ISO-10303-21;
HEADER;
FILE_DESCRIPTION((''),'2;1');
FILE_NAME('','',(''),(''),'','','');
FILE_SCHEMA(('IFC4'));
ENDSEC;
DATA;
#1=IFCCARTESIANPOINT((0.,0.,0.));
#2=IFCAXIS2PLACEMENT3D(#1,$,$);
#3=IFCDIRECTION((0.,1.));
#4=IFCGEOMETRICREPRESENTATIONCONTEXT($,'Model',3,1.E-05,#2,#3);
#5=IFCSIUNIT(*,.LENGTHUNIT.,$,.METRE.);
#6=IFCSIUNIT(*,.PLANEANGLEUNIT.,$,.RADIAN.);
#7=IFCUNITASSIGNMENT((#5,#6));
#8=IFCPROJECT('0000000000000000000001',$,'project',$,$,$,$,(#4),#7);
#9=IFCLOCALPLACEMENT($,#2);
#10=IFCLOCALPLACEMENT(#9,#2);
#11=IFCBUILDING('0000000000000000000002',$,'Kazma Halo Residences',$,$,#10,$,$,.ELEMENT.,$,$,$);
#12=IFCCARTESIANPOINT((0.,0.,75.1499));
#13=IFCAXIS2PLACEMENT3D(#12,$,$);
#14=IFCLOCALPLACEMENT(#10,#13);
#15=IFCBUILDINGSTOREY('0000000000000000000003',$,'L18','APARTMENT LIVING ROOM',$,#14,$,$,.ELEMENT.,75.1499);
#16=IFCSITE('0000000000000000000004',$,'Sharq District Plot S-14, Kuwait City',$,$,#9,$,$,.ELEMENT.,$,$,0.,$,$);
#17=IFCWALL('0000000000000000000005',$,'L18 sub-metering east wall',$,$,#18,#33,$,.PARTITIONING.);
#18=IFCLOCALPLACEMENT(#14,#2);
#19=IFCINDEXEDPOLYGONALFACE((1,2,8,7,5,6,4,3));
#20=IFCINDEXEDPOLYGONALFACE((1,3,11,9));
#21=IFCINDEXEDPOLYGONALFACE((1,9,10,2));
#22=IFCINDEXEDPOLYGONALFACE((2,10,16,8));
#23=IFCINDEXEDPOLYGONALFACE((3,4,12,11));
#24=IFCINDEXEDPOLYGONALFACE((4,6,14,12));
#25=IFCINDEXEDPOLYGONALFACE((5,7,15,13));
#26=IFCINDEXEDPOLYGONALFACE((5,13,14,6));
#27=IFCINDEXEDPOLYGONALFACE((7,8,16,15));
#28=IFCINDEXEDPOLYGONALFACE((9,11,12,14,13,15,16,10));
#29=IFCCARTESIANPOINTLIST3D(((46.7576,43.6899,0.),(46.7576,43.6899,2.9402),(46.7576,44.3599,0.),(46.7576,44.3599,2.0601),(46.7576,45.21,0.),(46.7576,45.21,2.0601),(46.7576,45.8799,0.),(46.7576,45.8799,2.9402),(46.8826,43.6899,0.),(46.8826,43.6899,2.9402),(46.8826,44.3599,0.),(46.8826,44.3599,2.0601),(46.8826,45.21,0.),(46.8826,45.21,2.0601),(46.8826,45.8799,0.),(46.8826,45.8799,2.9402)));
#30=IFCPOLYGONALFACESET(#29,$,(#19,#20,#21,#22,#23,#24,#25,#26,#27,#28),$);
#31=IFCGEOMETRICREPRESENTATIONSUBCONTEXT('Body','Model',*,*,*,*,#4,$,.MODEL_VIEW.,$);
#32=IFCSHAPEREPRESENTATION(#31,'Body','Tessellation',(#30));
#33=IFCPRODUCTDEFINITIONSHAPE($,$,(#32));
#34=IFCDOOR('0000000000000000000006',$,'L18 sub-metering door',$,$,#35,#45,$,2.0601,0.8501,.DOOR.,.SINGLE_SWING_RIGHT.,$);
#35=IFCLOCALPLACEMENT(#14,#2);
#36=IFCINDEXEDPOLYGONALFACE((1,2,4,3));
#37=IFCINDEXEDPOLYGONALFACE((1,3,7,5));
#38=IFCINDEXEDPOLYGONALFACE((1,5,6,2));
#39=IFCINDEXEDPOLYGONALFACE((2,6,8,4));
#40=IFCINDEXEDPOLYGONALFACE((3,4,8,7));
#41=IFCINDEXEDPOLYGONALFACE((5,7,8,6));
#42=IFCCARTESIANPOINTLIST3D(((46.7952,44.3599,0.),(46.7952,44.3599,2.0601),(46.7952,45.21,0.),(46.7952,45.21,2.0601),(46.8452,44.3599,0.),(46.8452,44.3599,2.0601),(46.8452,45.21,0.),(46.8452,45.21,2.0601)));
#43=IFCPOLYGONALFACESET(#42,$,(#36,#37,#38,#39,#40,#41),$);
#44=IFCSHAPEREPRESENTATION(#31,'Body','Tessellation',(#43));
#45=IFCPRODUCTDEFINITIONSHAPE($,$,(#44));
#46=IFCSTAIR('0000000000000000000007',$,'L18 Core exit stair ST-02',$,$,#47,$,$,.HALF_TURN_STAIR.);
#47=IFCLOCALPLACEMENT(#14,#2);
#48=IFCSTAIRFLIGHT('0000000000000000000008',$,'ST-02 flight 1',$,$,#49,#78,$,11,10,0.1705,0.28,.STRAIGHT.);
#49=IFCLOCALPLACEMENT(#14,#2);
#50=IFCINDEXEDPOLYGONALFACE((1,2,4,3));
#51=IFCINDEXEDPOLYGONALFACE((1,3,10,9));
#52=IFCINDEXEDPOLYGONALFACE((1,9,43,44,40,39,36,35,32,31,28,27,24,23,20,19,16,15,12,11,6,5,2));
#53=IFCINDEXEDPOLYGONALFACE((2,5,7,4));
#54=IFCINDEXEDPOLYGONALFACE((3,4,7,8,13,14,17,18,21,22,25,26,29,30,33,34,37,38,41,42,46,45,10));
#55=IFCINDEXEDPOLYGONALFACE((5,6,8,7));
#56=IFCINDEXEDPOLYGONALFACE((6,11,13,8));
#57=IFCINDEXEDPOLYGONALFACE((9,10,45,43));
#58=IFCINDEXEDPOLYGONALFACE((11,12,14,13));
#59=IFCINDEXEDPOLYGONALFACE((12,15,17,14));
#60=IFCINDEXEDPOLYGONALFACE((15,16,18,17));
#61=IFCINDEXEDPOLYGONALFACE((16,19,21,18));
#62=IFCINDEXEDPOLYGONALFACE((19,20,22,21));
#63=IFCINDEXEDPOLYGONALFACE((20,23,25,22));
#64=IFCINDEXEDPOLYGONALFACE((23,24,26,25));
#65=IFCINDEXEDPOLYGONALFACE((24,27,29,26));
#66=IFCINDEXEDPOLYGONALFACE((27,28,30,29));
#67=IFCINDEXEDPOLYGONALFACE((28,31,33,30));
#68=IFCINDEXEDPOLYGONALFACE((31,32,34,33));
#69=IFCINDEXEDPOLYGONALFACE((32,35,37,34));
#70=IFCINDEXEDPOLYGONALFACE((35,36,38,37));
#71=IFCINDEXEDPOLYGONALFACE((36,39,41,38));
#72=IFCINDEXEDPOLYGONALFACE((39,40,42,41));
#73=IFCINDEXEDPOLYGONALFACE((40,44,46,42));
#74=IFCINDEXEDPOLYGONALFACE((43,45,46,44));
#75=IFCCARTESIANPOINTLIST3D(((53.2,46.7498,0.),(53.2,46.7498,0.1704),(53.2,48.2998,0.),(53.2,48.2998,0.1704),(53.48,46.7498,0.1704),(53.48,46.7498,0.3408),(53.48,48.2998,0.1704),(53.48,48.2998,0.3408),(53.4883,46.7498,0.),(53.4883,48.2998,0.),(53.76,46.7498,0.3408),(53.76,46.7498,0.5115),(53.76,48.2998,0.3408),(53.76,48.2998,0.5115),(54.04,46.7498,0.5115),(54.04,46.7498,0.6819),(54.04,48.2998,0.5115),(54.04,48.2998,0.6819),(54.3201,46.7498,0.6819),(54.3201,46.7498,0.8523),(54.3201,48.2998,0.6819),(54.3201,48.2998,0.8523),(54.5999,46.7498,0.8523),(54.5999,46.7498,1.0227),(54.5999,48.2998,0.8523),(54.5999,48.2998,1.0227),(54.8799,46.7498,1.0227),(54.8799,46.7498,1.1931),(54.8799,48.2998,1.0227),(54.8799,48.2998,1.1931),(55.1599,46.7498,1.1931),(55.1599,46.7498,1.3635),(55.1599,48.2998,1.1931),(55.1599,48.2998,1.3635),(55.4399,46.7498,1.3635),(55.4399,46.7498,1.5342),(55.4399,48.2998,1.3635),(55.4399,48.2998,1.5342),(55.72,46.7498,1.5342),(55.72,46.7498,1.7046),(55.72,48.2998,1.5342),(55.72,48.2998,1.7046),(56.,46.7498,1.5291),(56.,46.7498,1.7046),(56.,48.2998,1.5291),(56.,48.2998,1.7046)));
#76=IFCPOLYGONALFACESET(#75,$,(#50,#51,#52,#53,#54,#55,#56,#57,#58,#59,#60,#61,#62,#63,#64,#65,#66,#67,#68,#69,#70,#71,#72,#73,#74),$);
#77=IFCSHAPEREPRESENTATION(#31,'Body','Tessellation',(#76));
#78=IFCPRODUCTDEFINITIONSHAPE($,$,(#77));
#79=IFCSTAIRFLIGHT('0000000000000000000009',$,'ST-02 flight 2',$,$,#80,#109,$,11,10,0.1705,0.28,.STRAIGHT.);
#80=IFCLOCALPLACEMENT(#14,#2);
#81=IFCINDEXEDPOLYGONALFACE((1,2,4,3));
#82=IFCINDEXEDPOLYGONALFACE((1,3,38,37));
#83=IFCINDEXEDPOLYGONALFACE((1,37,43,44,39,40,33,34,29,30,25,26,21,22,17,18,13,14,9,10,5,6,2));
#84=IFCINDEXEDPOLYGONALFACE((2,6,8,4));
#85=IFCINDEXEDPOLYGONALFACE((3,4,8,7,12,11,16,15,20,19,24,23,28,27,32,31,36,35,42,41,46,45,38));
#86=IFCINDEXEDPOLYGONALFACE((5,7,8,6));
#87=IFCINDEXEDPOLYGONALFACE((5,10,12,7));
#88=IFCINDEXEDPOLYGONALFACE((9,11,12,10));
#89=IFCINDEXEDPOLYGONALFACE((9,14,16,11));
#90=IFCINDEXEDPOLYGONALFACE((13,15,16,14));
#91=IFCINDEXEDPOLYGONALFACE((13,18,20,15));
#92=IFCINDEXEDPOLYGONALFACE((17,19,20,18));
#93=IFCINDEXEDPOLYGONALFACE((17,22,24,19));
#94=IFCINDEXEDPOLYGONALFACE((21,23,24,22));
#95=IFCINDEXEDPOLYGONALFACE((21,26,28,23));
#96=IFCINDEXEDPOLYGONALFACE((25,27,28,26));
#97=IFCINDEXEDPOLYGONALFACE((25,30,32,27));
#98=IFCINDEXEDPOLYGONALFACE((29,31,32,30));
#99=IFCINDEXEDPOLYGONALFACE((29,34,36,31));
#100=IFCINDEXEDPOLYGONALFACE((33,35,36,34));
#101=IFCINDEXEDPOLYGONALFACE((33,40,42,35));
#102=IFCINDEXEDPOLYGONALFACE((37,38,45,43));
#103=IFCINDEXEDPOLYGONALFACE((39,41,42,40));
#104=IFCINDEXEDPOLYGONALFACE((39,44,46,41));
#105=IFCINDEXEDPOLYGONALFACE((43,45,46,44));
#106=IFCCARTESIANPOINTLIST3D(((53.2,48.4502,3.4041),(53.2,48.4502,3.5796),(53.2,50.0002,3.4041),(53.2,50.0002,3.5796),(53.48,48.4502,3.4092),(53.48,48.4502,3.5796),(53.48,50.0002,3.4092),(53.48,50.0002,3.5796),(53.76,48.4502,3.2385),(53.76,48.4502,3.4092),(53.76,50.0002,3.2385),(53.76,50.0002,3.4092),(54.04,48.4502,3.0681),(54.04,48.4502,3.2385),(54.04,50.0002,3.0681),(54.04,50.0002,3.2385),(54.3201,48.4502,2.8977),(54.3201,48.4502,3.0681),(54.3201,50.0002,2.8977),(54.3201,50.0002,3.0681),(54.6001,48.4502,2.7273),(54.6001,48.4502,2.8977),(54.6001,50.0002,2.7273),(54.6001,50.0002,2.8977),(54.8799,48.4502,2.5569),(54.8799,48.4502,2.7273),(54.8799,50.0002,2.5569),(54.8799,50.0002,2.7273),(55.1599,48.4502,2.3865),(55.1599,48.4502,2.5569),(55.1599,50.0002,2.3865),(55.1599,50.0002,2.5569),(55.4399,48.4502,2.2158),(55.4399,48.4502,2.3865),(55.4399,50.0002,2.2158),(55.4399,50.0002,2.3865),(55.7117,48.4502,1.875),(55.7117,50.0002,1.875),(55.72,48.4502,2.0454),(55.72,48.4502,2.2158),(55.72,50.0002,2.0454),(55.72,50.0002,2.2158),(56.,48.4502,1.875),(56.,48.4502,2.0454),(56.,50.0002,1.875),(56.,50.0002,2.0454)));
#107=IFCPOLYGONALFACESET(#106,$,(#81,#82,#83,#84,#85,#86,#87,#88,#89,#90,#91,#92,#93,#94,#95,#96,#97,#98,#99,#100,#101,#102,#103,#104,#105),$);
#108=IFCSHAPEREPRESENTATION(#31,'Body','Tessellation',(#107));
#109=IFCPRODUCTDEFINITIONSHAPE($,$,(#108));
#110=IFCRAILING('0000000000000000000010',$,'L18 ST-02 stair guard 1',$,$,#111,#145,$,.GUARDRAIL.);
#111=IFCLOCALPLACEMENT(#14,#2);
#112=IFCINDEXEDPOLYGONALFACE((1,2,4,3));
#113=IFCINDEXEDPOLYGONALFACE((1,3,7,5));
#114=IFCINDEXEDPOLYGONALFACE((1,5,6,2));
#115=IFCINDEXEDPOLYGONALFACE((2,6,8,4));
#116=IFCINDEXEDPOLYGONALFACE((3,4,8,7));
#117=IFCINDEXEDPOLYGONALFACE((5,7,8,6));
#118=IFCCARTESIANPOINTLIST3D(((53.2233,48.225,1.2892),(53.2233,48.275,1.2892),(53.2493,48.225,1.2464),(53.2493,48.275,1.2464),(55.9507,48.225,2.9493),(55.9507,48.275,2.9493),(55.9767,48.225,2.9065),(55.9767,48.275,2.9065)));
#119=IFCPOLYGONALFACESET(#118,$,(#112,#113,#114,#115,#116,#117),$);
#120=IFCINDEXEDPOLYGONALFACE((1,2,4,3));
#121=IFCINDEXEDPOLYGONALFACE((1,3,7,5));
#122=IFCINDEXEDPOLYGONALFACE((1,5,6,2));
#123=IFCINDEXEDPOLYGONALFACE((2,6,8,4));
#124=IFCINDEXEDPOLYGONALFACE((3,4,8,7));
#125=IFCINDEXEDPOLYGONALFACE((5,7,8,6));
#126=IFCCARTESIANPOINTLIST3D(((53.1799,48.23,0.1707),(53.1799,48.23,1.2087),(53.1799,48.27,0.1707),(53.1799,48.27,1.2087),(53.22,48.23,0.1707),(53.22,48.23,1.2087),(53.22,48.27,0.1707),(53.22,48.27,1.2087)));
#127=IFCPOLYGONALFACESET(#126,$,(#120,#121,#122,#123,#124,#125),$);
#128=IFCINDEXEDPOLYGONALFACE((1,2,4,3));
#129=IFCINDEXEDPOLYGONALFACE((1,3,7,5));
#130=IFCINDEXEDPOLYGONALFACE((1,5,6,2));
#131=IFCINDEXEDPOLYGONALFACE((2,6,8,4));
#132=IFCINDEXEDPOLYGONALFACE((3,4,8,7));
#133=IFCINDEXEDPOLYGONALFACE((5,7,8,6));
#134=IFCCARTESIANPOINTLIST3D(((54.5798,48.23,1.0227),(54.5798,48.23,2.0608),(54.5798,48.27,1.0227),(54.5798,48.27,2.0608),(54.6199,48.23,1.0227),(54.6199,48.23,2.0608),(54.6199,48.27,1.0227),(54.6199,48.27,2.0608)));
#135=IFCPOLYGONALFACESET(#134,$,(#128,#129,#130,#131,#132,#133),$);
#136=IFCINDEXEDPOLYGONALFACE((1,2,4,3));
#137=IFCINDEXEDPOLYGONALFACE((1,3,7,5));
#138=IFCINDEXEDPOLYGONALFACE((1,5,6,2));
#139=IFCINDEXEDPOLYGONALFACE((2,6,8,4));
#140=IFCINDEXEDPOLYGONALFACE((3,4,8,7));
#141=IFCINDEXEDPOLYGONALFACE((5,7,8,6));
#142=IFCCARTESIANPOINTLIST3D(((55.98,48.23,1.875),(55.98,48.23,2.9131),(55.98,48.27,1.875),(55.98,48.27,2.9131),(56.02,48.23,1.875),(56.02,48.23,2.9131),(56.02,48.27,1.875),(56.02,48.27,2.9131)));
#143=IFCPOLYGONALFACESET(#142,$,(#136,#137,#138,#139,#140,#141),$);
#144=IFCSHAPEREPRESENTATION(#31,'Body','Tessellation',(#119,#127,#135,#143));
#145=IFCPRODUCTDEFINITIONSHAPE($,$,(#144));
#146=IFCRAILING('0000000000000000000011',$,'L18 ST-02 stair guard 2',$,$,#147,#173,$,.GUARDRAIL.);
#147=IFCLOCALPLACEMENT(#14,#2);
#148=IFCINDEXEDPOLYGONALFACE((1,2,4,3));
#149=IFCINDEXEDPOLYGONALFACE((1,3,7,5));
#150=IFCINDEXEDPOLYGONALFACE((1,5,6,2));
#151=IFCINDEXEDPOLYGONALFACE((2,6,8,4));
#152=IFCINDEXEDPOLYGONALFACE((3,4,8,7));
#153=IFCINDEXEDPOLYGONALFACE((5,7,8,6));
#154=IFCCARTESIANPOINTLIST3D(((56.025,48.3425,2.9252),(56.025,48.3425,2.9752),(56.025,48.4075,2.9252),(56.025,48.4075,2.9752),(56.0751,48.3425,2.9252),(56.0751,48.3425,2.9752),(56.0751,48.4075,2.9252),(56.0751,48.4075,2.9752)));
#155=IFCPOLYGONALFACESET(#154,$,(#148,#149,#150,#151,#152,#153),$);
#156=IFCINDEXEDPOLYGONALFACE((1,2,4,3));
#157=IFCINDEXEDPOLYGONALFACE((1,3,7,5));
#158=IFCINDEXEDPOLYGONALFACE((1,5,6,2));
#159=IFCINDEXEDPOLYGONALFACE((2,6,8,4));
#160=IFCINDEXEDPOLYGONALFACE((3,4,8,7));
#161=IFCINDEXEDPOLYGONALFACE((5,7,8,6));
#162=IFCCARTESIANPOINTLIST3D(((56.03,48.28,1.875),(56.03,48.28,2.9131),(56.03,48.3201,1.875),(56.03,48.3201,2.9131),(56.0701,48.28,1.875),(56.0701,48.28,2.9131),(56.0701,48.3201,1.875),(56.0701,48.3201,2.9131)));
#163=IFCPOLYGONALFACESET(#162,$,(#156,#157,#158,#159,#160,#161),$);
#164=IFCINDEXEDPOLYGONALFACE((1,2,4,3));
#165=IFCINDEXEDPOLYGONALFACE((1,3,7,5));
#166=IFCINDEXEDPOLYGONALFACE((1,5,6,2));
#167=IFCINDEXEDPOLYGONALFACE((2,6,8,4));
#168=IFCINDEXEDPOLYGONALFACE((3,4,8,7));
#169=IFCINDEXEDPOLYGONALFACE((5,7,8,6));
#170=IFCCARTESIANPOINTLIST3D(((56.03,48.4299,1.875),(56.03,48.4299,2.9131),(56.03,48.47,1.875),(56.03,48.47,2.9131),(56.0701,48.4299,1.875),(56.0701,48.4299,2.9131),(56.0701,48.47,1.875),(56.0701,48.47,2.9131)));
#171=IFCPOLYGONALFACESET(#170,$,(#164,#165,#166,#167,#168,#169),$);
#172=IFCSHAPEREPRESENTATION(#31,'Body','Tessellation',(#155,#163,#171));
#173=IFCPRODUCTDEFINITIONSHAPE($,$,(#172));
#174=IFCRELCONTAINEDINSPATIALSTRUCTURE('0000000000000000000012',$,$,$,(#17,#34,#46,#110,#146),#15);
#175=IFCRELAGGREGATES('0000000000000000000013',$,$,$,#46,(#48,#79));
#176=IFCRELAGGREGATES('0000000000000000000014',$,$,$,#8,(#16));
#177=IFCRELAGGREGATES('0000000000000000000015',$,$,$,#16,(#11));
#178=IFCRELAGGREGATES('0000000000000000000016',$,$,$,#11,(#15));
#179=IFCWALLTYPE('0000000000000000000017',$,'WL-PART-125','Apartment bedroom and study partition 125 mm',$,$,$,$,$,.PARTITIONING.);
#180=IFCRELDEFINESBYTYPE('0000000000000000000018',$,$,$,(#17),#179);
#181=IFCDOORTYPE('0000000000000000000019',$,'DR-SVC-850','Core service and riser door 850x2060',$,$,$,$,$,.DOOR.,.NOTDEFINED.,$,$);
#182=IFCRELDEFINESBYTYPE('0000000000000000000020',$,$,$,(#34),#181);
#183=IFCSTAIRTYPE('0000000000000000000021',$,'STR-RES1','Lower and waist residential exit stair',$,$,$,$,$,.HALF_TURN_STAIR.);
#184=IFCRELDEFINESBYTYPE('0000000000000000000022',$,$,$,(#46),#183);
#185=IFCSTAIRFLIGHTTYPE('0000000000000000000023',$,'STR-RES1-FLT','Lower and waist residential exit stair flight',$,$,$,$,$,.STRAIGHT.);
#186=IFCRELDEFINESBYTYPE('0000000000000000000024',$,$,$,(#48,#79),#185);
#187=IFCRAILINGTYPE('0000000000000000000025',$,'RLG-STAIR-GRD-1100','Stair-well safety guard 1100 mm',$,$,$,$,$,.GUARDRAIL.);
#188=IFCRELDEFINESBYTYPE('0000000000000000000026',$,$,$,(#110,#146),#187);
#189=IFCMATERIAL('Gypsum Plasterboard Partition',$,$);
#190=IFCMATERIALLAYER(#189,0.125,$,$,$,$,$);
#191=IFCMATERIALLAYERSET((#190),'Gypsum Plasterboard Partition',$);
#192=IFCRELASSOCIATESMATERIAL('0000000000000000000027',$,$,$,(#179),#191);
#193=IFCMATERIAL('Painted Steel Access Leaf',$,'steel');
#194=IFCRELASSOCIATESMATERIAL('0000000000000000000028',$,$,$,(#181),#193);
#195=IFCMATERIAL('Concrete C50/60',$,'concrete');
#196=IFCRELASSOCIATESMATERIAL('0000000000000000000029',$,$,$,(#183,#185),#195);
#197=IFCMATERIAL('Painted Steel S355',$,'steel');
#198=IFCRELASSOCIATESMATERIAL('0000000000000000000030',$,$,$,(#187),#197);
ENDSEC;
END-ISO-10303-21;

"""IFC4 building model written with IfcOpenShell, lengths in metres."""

from ifc_helpers import new_model, si_unit, direction, frame, frame_2d, origin, origin_2d, place, context, subcontext, project, spatial, polyline, rectangle, outline, extrude, material, layer, layer_set, type_object, element, fill, aggregate, save


model = new_model("IFC4")

# Units and contexts
model_context = context("Model", 3, precision=1e-05, world=origin(), true_north=direction((0.0, 1.0)))
body_context = subcontext(model_context, "Body", "Model", "MODEL_VIEW")
ifc_project = project(units=[si_unit("LENGTHUNIT", "METRE"), si_unit("PLANEANGLEUNIT", "RADIAN")], contexts=[model_context])

# Site, building, storey
site_placement = place(None, origin())
site = spatial("IfcSite", under=ifc_project, at=site_placement, Name="Sharq District Plot S-14, Kuwait City", CompositionType="ELEMENT", RefElevation=0.0)
building_placement = place(site_placement, origin())
building = spatial("IfcBuilding", under=site, at=building_placement, Name="Kazma Halo Residences", CompositionType="ELEMENT")
storey_placement = place(building_placement, frame((0.0, 0.0, 75.1499)))
storey = spatial("IfcBuildingStorey", under=building, at=storey_placement, Name="L18", Description="APARTMENT LIVING ROOM", CompositionType="ELEMENT", Elevation=75.1499)

# Wall, opening, door
ifc_material_1 = material(Name="Gypsum Plasterboard Partition")
ifc_layer_1 = layer(ifc_material_1, 0.125)
ifc_layer_set_1 = layer_set([ifc_layer_1], Name="Gypsum Plasterboard Partition")
wall_type_1 = type_object("IfcWallType", Name="WL-PART-125", Description="Apartment bedroom and study partition 125 mm", PredefinedType="PARTITIONING", material=ifc_layer_set_1)
wall_1_placement = place(storey_placement, frame((46.8201, 43.6899, 0.0), z_axis=(0.0, 0.0, 1.0), x_axis=(0.0, 1.0, 0.0)))
wall_1 = element("IfcWall", 1, at=wall_1_placement, inside=storey, type_object=wall_type_1, Name="L18 sub-metering east wall", PredefinedType="PARTITIONING", context=body_context, shape_type="SweptSolid", body=[
    extrude(rectangle(XDim=2.1899, YDim=0.125, at=frame_2d((1.095, 0.0))), origin(), (0.0, 0.0, 1.0), 2.9402),
])
opening_1_placement = place(wall_1_placement, frame((0.6699, 0.0, 0.0)))
opening_1 = element("IfcOpeningElement", 2, at=opening_1_placement, cuts=wall_1, PredefinedType="OPENING", context=body_context, shape_type="SweptSolid", body=[
    extrude(rectangle(XDim=0.8501, YDim=2.0601, at=frame_2d((0.425, 1.03))), frame((0.0, 0.0725, 0.0), z_axis=(0.0, -1.0, 0.0), x_axis=(1.0, 0.0, 0.0)), (0.0, 0.0, 1.0), 0.145),
])
ifc_material_2 = material(Name="Painted Steel Access Leaf", Category="steel")
door_type_1 = type_object("IfcDoorType", Name="DR-SVC-850", Description="Core service and riser door 850x2060", OperationType="NOTDEFINED", PredefinedType="DOOR", material=ifc_material_2)
door_1_placement = place(opening_1_placement, origin())
door_1 = element("IfcDoor", 3, at=door_1_placement, inside=storey, type_object=door_type_1, Name="L18 sub-metering door", OperationType="SINGLE_SWING_RIGHT", OverallHeight=2.0601, OverallWidth=0.8501, PredefinedType="DOOR", context=body_context, shape_type="SweptSolid", body=[
    extrude(rectangle(XDim=0.8501, YDim=2.0601, at=frame_2d((0.425, 1.03))), frame((0.0, 0.0249, 0.0), z_axis=(0.0, -1.0, 0.0), x_axis=(1.0, 0.0, 0.0)), (0.0, 0.0, 1.0), 0.05),
])
fill(opening_1, door_1)
ifc_material_3 = material(Name="Concrete C50/60", Category="concrete")

# Stair, stair flights
stair_type = type_object("IfcStairType", Name="STR-RES1", Description="Lower and waist residential exit stair", PredefinedType="HALF_TURN_STAIR", material=ifc_material_3)
stair_placement = place(storey_placement, origin())
stair = element("IfcStair", 4, at=stair_placement, inside=storey, type_object=stair_type, Name="L18 Core exit stair ST-02", PredefinedType="HALF_TURN_STAIR")
stair_flight_type = type_object("IfcStairFlightType", Name="STR-RES1-FLT", Description="Lower and waist residential exit stair flight", PredefinedType="STRAIGHT", material=ifc_material_3)
stair_flight_1_placement = place(storey_placement, frame((53.2, 47.5249, 0.0), z_axis=(0.0, 0.0, 1.0), x_axis=(1.0, 0.0, 0.0)))
stair_flight_1 = element("IfcStairFlight", 5, at=stair_flight_1_placement, type_object=stair_flight_type, Name="ST-02 flight 1", NumberOfRisers=11, NumberOfTreads=10, PredefinedType="STRAIGHT", RiserHeight=0.1705, TreadLength=0.28, context=body_context, shape_type="SweptSolid", body=[
    extrude(outline(polyline([(0.0, 0.0), (0.0, 0.1704), (0.28, 0.1704), (0.28, 0.3408), (0.5601, 0.3408), (0.5601, 0.5115), (0.8401, 0.5115), (0.8401, 0.6819), (1.1201, 0.6819), (1.1201, 0.8523), (1.3999, 0.8523), (1.3999, 1.0227), (1.6799, 1.0227), (1.6799, 1.1931), (1.96, 1.1931), (1.96, 1.3635), (2.24, 1.3635), (2.24, 1.5342), (2.52, 1.5342), (2.52, 1.7046), (2.8, 1.7046), (2.8, 1.875), (2.8, 1.5291), (0.2883, 0.0), (0.0, 0.0)])), frame((0.0, 0.7749, 0.0), z_axis=(0.0, -1.0, 0.0), x_axis=(1.0, 0.0, 0.0)), (0.0, 0.0, 1.0), 1.55),
])
stair_flight_2_placement = place(storey_placement, frame((56.0, 49.2251, 1.875), z_axis=(0.0, 0.0, 1.0), x_axis=(-1.0, 0.0, 0.0)))
stair_flight_2 = element("IfcStairFlight", 6, at=stair_flight_2_placement, type_object=stair_flight_type, Name="ST-02 flight 2", NumberOfRisers=11, NumberOfTreads=10, PredefinedType="STRAIGHT", RiserHeight=0.1705, TreadLength=0.28, context=body_context, shape_type="SweptSolid", body=[
    extrude(outline(polyline([(0.0, 0.0), (0.0, 0.1704), (0.28, 0.1704), (0.28, 0.3408), (0.5601, 0.3408), (0.5601, 0.5115), (0.8401, 0.5115), (0.8401, 0.6819), (1.1201, 0.6819), (1.1201, 0.8523), (1.3999, 0.8523), (1.3999, 1.0227), (1.6799, 1.0227), (1.6799, 1.1931), (1.96, 1.1931), (1.96, 1.3635), (2.24, 1.3635), (2.24, 1.5342), (2.52, 1.5342), (2.52, 1.7046), (2.8, 1.7046), (2.8, 1.875), (2.8, 1.5291), (0.2883, 0.0), (0.0, 0.0)])), frame((0.0, 0.7749, 0.0), z_axis=(0.0, -1.0, 0.0), x_axis=(1.0, 0.0, 0.0)), (0.0, 0.0, 1.0), 1.55),
])
aggregate(stair, [stair_flight_1, stair_flight_2])

# Railings
ifc_material_4 = material(Name="Painted Steel S355", Category="steel")
railing_type_1 = type_object("IfcRailingType", Name="RLG-STAIR-GRD-1100", Description="Stair-well safety guard 1100 mm", PredefinedType="GUARDRAIL", material=ifc_material_4)
railing_1_placement = place(storey_placement, frame((53.2, 48.25, 0.1707)))
element("IfcRailing", 7, at=railing_1_placement, inside=storey, type_object=railing_type_1, Name="L18 ST-02 stair guard 1", PredefinedType="GUARDRAIL", context=body_context, shape_type="SweptSolid", body=[
    extrude(rectangle(XDim=0.05, YDim=0.05, at=origin_2d()), frame((0.0364, 0.0, 1.0972), z_axis=(0.854203, 0.0, 0.51994), x_axis=(0.0, 1.0, 0.0)), (0.0, 0.0, 1.0), 3.1929),
    extrude(rectangle(XDim=0.04, YDim=0.04, at=origin_2d()), origin(), (0.0, 0.0, 1.0), 1.0381),
    extrude(rectangle(XDim=0.04, YDim=0.04, at=origin_2d()), frame((1.3999, 0.0, 0.8521)), (0.0, 0.0, 1.0), 1.0381),
    extrude(rectangle(XDim=0.04, YDim=0.04, at=origin_2d()), frame((2.8, 0.0, 1.7043)), (0.0, 0.0, 1.0), 1.0381),
])
railing_2_placement = place(storey_placement, frame((56.05, 48.3, 1.875)))
element("IfcRailing", 8, at=railing_2_placement, inside=storey, type_object=railing_type_1, Name="L18 ST-02 stair guard 2", PredefinedType="GUARDRAIL", context=body_context, shape_type="SweptSolid", body=[
    extrude(rectangle(XDim=0.05, YDim=0.05, at=origin_2d()), frame((0.0, 0.0425, 1.0752), z_axis=(0.0, 1.0, 0.0), x_axis=(-1.0, 0.0, 0.0)), (0.0, 0.0, 1.0), 0.0649),
    extrude(rectangle(XDim=0.04, YDim=0.04, at=origin_2d()), origin(), (0.0, 0.0, 1.0), 1.0381),
    extrude(rectangle(XDim=0.04, YDim=0.04, at=origin_2d()), frame((0.0, 0.1499, 0.0)), (0.0, 0.0, 1.0), 1.0381),
])

save(model, "model.ifc")
